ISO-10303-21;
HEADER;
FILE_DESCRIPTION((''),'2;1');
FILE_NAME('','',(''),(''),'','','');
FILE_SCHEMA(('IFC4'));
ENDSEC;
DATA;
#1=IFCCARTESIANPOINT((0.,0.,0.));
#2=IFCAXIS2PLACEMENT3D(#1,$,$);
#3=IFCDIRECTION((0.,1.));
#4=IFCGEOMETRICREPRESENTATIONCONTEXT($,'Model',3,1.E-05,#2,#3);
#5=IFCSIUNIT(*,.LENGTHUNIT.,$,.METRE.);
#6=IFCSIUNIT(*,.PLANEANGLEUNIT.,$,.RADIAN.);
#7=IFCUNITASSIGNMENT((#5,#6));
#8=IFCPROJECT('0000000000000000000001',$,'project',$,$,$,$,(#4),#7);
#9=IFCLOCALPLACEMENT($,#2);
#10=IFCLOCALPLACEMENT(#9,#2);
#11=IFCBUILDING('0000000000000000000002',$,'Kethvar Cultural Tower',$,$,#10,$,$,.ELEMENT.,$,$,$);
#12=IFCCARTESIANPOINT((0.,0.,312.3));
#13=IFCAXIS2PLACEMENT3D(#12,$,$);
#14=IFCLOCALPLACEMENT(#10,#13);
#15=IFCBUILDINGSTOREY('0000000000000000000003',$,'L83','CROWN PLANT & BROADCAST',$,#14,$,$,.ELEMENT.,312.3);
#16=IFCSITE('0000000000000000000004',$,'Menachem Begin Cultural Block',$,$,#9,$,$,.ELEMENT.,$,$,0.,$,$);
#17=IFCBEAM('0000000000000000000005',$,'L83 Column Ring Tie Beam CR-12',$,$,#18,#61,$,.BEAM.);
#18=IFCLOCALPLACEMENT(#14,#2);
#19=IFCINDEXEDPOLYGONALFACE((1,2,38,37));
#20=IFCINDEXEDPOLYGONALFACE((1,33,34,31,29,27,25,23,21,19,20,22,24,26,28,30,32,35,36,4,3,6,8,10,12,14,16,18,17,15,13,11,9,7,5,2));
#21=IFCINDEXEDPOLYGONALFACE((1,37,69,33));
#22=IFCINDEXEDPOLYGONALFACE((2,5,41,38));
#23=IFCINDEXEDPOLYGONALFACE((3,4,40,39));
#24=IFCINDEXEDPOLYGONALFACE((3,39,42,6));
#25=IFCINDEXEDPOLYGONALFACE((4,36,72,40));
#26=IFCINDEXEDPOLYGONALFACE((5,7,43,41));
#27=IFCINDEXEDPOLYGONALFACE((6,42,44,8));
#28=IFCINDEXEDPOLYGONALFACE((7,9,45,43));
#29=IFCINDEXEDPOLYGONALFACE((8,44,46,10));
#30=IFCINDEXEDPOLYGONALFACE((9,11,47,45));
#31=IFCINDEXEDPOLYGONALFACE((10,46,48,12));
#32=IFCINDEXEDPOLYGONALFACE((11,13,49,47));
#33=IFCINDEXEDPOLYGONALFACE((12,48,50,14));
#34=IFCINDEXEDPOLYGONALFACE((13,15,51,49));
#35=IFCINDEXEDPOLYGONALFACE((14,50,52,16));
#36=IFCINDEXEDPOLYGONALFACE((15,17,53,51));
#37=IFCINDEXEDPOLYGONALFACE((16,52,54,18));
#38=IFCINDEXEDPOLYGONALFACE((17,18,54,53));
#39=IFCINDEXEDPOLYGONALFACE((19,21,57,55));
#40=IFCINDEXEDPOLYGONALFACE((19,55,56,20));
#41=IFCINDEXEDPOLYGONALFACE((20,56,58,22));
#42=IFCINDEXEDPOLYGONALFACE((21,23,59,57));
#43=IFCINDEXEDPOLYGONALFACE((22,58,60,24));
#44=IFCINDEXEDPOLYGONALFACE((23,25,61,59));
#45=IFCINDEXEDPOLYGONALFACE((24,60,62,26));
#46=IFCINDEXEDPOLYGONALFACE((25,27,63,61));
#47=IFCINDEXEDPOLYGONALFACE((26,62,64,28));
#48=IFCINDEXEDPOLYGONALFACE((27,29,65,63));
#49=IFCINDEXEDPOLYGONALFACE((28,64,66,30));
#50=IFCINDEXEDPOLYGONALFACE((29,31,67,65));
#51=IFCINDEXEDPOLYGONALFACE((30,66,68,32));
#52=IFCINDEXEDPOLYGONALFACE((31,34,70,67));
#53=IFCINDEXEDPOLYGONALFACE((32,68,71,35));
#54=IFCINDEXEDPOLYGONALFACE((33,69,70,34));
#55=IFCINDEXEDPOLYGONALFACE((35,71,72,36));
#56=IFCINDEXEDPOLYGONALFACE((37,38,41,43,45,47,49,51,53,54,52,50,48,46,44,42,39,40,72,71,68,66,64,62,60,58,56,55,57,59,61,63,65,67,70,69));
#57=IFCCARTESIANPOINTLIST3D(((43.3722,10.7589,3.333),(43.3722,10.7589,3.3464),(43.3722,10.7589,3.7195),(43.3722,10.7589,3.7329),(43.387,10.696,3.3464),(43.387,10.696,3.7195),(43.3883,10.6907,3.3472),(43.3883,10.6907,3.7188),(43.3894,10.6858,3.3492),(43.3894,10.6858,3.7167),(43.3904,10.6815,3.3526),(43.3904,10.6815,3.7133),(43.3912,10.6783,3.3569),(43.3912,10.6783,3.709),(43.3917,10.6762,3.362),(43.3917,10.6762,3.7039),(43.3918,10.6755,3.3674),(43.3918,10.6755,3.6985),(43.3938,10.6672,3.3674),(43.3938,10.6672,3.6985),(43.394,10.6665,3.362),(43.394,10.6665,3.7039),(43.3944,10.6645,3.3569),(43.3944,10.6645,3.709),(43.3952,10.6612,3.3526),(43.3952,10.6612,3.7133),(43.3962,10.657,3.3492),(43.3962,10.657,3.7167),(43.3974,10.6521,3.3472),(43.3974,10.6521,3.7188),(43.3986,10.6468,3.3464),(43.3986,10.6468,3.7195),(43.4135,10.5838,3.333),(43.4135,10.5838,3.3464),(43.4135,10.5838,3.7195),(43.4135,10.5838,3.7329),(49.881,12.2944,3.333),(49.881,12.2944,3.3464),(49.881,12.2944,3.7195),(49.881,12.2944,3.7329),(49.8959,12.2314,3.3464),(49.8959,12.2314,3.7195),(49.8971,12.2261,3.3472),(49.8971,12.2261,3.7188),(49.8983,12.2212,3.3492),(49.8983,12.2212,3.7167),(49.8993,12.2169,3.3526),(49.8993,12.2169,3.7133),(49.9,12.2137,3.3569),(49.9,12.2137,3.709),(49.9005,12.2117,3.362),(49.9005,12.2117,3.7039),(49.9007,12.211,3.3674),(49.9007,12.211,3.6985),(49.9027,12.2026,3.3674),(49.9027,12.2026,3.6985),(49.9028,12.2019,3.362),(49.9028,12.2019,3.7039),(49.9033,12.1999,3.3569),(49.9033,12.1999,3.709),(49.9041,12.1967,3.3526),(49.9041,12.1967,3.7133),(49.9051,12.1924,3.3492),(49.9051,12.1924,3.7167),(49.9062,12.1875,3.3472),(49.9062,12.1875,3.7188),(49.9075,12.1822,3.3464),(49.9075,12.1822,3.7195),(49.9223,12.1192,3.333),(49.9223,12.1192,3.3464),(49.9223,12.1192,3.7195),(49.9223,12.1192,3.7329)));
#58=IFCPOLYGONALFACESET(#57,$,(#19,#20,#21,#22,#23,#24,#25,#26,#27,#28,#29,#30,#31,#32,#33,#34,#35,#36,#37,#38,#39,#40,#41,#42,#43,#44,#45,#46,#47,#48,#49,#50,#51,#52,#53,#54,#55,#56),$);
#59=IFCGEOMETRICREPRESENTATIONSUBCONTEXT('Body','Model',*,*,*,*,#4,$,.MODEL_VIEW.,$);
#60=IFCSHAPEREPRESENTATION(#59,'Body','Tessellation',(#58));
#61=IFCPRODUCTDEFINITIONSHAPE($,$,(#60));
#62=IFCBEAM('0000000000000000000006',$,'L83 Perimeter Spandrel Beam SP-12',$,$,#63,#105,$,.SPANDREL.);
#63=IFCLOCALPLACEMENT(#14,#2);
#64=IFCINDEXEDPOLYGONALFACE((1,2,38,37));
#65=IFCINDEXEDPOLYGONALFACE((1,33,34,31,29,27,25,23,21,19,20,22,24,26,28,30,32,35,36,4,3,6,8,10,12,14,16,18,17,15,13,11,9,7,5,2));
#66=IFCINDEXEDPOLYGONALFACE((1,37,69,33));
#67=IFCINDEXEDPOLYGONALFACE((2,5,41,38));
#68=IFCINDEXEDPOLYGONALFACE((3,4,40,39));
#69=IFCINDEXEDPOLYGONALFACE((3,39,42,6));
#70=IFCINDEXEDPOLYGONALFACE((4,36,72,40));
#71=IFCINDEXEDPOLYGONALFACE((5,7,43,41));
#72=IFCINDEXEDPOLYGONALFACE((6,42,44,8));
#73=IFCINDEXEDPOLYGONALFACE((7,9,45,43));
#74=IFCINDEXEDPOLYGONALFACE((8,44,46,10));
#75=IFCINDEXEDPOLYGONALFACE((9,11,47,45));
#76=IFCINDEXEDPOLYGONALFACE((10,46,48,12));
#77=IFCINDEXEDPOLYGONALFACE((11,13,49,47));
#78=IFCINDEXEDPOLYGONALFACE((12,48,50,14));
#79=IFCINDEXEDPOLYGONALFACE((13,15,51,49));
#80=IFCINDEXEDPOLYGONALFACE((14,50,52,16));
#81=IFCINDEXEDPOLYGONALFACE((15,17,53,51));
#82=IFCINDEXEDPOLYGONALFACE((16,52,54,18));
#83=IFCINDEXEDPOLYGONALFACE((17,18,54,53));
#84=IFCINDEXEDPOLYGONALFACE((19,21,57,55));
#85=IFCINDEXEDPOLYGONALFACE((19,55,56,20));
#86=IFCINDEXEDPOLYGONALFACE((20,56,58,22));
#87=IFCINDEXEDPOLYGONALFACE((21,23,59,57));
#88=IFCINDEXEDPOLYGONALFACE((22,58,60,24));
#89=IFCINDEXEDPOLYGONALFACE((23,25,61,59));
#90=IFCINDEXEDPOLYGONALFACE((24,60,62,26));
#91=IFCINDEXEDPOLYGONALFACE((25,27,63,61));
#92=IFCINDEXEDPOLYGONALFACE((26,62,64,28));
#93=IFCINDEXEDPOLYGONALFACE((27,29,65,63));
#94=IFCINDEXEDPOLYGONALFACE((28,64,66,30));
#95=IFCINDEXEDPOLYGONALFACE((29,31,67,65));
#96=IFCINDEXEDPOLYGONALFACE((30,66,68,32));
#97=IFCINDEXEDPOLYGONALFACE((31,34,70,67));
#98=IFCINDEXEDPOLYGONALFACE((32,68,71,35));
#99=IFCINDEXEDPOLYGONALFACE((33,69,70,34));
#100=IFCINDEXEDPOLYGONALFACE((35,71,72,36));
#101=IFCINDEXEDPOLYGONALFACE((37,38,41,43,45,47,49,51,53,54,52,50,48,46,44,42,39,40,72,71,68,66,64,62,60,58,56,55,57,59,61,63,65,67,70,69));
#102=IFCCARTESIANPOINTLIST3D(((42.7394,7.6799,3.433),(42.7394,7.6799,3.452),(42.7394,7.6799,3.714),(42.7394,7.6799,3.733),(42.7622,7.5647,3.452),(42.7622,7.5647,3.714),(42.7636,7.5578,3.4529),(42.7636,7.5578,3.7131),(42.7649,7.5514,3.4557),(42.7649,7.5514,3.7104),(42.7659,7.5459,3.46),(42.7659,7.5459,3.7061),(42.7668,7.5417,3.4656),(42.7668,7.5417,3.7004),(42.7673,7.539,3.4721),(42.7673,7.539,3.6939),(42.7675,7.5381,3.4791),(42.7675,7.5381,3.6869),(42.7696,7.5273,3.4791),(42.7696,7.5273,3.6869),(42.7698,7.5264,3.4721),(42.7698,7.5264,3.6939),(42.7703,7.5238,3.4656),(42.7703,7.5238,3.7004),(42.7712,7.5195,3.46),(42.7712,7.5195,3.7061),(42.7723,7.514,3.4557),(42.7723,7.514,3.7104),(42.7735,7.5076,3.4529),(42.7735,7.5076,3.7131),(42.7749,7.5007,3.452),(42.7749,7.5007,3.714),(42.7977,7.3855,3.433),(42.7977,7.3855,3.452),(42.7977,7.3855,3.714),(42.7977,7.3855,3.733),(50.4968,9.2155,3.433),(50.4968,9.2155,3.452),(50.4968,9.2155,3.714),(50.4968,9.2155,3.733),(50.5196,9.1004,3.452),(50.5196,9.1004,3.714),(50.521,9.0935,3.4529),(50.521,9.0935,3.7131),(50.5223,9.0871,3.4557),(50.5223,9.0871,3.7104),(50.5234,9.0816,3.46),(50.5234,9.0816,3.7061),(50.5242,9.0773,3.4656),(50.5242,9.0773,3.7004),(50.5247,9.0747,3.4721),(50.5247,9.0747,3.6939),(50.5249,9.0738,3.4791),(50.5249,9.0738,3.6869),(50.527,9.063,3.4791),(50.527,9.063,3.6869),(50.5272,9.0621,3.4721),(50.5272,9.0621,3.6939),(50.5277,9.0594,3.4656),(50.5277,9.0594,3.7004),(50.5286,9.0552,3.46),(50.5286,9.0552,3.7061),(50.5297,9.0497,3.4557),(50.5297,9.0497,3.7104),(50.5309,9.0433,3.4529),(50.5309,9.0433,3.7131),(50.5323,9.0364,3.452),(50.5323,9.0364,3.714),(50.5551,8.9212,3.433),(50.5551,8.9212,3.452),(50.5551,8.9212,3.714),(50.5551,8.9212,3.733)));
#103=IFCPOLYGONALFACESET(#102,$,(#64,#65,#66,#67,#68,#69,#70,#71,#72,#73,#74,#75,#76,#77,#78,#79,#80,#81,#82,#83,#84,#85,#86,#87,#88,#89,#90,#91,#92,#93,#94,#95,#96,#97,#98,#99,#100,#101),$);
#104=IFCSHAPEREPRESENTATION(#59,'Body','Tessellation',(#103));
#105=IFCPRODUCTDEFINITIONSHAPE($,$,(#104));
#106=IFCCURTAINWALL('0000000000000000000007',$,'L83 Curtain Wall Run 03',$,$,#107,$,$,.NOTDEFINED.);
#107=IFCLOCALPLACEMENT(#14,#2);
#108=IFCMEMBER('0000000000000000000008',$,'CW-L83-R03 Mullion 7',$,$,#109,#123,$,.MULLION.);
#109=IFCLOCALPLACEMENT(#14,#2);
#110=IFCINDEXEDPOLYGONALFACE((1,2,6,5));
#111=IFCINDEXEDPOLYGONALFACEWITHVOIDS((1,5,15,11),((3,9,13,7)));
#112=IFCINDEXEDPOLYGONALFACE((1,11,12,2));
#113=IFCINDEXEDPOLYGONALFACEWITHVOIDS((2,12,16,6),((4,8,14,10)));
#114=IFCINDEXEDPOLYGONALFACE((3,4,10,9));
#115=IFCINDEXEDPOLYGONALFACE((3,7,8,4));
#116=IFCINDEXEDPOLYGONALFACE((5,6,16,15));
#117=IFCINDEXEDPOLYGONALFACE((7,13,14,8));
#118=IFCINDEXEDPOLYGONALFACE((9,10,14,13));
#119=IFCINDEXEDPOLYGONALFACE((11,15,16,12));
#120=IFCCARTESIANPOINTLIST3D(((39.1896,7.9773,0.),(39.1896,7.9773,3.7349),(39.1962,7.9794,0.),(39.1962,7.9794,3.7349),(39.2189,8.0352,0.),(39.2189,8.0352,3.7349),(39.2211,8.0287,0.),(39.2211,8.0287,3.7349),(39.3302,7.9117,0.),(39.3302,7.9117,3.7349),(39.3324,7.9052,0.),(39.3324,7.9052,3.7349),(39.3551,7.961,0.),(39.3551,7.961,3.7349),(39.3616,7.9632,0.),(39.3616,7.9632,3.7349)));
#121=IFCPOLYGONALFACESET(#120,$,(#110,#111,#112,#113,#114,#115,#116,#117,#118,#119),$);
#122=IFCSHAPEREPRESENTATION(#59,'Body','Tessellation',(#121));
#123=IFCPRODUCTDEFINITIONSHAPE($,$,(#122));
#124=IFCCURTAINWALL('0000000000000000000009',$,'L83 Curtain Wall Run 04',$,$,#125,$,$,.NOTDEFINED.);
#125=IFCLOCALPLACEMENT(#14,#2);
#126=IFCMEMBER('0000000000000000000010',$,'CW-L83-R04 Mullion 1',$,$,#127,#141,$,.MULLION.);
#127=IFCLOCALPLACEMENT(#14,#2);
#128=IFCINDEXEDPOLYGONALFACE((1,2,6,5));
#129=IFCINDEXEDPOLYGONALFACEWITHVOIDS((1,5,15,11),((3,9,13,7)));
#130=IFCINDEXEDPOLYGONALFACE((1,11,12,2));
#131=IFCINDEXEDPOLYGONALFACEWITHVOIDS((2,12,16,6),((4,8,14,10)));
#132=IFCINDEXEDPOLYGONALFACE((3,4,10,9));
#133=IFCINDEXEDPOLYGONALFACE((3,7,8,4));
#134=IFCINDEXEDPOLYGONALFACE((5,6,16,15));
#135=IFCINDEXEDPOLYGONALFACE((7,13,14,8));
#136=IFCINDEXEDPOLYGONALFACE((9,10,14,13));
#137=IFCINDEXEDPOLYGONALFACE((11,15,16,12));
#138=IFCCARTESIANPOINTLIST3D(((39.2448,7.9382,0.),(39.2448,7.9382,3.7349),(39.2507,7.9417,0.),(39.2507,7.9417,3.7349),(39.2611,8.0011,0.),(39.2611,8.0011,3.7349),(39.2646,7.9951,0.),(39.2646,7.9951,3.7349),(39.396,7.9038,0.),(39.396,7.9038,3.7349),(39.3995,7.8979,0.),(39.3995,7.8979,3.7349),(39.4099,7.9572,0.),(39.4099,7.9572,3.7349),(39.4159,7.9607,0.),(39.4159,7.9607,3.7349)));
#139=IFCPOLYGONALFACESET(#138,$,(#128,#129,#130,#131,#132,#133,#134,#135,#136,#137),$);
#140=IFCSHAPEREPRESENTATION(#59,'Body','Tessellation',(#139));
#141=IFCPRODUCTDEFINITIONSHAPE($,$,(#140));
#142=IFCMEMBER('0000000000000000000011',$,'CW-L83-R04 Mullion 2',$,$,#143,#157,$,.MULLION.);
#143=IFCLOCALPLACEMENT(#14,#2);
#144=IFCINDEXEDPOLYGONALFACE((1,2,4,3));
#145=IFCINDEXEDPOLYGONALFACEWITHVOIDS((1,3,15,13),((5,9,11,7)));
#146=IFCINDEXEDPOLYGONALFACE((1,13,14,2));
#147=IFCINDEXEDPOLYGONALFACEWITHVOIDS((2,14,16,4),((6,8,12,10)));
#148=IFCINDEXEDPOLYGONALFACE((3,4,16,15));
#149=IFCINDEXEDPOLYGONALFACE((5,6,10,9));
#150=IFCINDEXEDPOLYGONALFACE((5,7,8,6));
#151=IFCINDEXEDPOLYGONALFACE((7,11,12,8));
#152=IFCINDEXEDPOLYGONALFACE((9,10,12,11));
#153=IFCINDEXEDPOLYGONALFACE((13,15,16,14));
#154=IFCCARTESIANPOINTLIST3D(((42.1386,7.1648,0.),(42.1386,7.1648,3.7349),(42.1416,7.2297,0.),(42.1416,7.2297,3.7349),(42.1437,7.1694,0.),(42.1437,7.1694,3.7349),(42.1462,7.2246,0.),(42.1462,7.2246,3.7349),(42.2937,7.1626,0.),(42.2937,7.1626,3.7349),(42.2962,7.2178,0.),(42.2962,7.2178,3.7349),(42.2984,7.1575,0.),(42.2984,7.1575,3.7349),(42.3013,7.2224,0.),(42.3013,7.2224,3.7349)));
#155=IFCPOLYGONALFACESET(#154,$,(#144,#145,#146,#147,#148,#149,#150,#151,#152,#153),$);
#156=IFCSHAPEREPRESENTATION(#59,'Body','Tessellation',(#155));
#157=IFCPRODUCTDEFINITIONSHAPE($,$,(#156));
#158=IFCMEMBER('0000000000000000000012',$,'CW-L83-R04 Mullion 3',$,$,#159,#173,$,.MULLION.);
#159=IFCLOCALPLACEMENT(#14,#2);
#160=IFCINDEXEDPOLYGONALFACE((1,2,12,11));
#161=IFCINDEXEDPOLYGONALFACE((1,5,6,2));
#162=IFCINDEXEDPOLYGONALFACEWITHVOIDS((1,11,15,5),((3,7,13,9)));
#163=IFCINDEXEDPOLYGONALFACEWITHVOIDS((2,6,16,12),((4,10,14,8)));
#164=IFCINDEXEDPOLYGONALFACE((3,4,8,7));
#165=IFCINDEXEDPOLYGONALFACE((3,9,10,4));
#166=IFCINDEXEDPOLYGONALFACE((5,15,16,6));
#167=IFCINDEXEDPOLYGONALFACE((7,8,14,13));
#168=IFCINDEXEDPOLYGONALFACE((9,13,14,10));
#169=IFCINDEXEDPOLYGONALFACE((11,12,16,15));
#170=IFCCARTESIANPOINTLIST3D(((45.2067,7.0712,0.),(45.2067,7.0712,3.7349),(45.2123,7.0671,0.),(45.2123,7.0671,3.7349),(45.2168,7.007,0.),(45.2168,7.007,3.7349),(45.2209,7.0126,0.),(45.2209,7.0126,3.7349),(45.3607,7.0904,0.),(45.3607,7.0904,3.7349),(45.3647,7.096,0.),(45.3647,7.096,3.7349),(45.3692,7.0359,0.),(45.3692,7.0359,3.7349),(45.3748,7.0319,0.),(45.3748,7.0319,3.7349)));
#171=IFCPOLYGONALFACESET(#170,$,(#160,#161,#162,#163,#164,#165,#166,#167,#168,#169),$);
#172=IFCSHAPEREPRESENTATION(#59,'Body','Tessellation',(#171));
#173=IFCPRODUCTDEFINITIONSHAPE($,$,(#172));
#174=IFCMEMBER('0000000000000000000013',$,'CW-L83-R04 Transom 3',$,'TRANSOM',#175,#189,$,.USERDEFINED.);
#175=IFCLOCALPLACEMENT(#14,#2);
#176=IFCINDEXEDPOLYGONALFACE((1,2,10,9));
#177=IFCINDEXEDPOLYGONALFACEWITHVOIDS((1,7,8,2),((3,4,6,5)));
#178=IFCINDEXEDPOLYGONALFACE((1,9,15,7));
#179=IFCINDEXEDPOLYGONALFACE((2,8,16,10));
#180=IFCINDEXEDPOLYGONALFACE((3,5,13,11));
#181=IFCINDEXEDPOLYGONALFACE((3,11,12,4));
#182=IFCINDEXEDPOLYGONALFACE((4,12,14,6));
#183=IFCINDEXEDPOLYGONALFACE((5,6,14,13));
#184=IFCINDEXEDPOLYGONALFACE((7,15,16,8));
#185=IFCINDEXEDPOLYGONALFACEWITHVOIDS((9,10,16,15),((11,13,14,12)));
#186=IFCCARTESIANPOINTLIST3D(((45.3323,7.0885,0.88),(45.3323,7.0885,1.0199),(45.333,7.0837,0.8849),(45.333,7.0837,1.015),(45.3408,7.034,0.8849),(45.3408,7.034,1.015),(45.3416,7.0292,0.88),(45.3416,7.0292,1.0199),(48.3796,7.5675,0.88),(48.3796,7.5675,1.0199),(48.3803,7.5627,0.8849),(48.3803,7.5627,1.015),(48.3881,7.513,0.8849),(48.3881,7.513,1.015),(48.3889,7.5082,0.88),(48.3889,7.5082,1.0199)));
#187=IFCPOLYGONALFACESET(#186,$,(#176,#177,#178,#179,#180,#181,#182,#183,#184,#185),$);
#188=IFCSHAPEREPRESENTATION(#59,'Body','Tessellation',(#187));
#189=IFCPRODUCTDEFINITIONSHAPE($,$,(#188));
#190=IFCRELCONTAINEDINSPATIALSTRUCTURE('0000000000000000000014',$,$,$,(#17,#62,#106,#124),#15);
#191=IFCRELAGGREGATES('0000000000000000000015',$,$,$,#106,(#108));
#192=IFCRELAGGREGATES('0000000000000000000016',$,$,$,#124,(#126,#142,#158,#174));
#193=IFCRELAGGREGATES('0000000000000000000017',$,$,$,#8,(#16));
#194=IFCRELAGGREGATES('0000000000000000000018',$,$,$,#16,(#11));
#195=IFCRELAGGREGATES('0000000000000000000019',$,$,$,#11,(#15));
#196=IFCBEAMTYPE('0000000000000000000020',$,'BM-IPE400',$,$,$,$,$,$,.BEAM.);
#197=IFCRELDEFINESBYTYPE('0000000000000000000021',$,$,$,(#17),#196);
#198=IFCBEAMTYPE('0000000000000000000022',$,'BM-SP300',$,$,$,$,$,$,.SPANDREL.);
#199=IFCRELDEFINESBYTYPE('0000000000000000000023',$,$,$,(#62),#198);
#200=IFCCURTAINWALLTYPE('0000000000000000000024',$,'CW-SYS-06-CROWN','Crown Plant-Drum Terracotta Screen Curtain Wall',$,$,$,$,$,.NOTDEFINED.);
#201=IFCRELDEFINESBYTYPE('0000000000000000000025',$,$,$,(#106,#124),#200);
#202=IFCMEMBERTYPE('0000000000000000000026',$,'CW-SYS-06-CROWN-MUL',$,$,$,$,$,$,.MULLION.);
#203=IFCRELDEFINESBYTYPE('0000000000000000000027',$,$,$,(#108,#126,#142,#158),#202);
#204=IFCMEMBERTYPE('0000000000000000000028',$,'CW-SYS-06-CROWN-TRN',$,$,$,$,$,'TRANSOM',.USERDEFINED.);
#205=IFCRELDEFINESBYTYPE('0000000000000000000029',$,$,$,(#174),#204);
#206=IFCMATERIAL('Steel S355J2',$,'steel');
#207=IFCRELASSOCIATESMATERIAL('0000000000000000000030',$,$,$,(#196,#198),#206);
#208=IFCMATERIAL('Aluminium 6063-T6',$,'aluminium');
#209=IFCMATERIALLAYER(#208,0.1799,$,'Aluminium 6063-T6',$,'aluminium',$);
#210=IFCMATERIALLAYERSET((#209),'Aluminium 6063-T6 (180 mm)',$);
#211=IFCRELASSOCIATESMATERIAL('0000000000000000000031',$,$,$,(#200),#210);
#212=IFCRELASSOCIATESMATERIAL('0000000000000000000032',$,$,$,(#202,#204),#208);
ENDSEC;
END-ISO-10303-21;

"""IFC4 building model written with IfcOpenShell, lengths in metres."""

from ifc_helpers import new_model, si_unit, direction, frame, origin, origin_2d, place, context, subcontext, project, spatial, hollow_rectangle, i_section, extrude, source, transform, mapped, material, layer, layer_set, material_profile, profile_set, type_object, element, aggregate, save


model = new_model("IFC4")

# Units and contexts
model_context = context("Model", 3, precision=1e-05, world=origin(), true_north=direction((0.0, 1.0)))
body_context = subcontext(model_context, "Body", "Model", "MODEL_VIEW")
ifc_project = project(units=[si_unit("LENGTHUNIT", "METRE"), si_unit("PLANEANGLEUNIT", "RADIAN")], contexts=[model_context])

# Site, building, storey
site_placement = place(None, origin())
site = spatial("IfcSite", under=ifc_project, at=site_placement, Name="Menachem Begin Cultural Block", CompositionType="ELEMENT", RefElevation=0.0)
building_placement = place(site_placement, origin())
building = spatial("IfcBuilding", under=site, at=building_placement, Name="Kethvar Cultural Tower", CompositionType="ELEMENT")
storey_placement = place(building_placement, frame((0.0, 0.0, 312.3)))
storey = spatial("IfcBuildingStorey", under=building, at=storey_placement, Name="L83", Description="CROWN PLANT & BROADCAST", CompositionType="ELEMENT", Elevation=312.3)

# Shared definitions
ifc_material_1 = material(Name="Steel S355J2", Category="steel")

# Beams
ifc_material_profile_1 = material_profile(ifc_material_1, i_section(OverallWidth=0.1799, OverallDepth=0.3999, WebThickness=0.0085, FlangeThickness=0.0134, FilletRadius=0.021, at=origin_2d()), Name="Steel S355J2 — IPE400")
ifc_profile_set_1 = profile_set([ifc_material_profile_1], Name="Steel S355J2 — IPE400")
beam_type_1 = type_object("IfcBeamType", Name="BM-IPE400", PredefinedType="BEAM", material=ifc_profile_set_1)
shared_shape_1 = source(origin(), body_context, "Body", "SweptSolid", [
    extrude(i_section(OverallWidth=0.1799, OverallDepth=0.3999, WebThickness=0.0085, FlangeThickness=0.0134, FilletRadius=0.021, at=origin_2d()), origin(), (0.0, 0.0, 1.0), 6.6875),
])
beam_1_placement = place(storey_placement, frame((43.3928, 10.6714, 3.533), z_axis=(0.973286, 0.229595, 0.0), x_axis=(-0.229595, 0.973286, 0.0)))
element("IfcBeam", 1, at=beam_1_placement, inside=storey, type_object=beam_type_1, Name="L83 Column Ring Tie Beam CR-12", PredefinedType="BEAM", context=body_context, shape_type="MappedRepresentation", body=[
    mapped(shared_shape_1, transform((0.0, 0.0, 0.0), scale=1.0)),
])
ifc_material_profile_2 = material_profile(ifc_material_1, i_section(OverallWidth=0.3, OverallDepth=0.3, WebThickness=0.011, FlangeThickness=0.019, FilletRadius=0.0271, at=origin_2d()), Name="Steel S355J2 — HEB300")
ifc_profile_set_2 = profile_set([ifc_material_profile_2], Name="Steel S355J2 — HEB300")
beam_type_2 = type_object("IfcBeamType", Name="BM-SP300", PredefinedType="SPANDREL", material=ifc_profile_set_2)
shared_shape_2 = source(origin(), body_context, "Body", "SweptSolid", [
    extrude(i_section(OverallWidth=0.3, OverallDepth=0.3, WebThickness=0.011, FlangeThickness=0.019, FilletRadius=0.0271, at=origin_2d()), origin(), (0.0, 0.0, 1.0), 7.908),
])
beam_2_placement = place(storey_placement, frame((42.7686, 7.5327, 3.583), z_axis=(0.980964, 0.194192, 0.0), x_axis=(-0.194192, 0.980964, 0.0)))
element("IfcBeam", 2, at=beam_2_placement, inside=storey, type_object=beam_type_2, Name="L83 Perimeter Spandrel Beam SP-12", PredefinedType="SPANDREL", context=body_context, shape_type="MappedRepresentation", body=[
    mapped(shared_shape_2, transform((0.0, 0.0, 0.0), scale=1.0)),
])

# Curtain wall, member
ifc_material_2 = material(Name="Aluminium 6063-T6", Category="aluminium")
ifc_layer_1 = layer(ifc_material_2, 0.1799, Name="Aluminium 6063-T6", Category="aluminium")
ifc_layer_set_1 = layer_set([ifc_layer_1], Name="Aluminium 6063-T6 (180 mm)")
curtain_wall_type = type_object("IfcCurtainWallType", Name="CW-SYS-06-CROWN", Description="Crown Plant-Drum Terracotta Screen Curtain Wall", PredefinedType="NOTDEFINED", material=ifc_layer_set_1)
curtain_wall_1_placement = place(storey_placement, origin())
curtain_wall_1 = element("IfcCurtainWall", 3, at=curtain_wall_1_placement, inside=storey, type_object=curtain_wall_type, Name="L83 Curtain Wall Run 03", PredefinedType="NOTDEFINED")
ifc_material_profile_3 = material_profile(ifc_material_2, hollow_rectangle(XDim=0.0649, YDim=0.1599, WallThickness=0.0049, at=origin_2d()), Name="Aluminium 6063-T6 — RHS160x65x5")
ifc_profile_set_3 = profile_set([ifc_material_profile_3], Name="Aluminium 6063-T6 — RHS160x65x5")
member_type_1 = type_object("IfcMemberType", Name="CW-SYS-06-CROWN-MUL", PredefinedType="MULLION", material=ifc_profile_set_3)
shared_shape_3 = source(origin(), body_context, "Body", "SweptSolid", [
    extrude(hollow_rectangle(XDim=0.0649, YDim=0.1599, WallThickness=0.0049, at=origin_2d()), origin(), (0.0, 0.0, 1.0), 3.7349),
])
member_1_placement = place(storey_placement, frame((39.2756, 7.9702, 0.0), z_axis=(0.0, 0.0, 1.0), x_axis=(0.450753, 0.892649, 0.0)))
member_1 = element("IfcMember", 4, at=member_1_placement, type_object=member_type_1, Name="CW-L83-R03 Mullion 7", PredefinedType="MULLION", context=body_context, shape_type="MappedRepresentation", body=[
    mapped(shared_shape_3, transform((0.0, 0.0, 0.0), scale=1.0)),
])

# Curtain wall, members
curtain_wall_2_placement = place(storey_placement, origin())
curtain_wall_2 = element("IfcCurtainWall", 5, at=curtain_wall_2_placement, inside=storey, type_object=curtain_wall_type, Name="L83 Curtain Wall Run 04", PredefinedType="NOTDEFINED")
member_2_placement = place(storey_placement, frame((39.3303, 7.9495, 0.0), z_axis=(0.0, 0.0, 1.0), x_axis=(0.252221, 0.96767, 0.0)))
member_2 = element("IfcMember", 6, at=member_2_placement, type_object=member_type_1, Name="CW-L83-R04 Mullion 1", PredefinedType="MULLION", context=body_context, shape_type="MappedRepresentation", body=[
    mapped(shared_shape_3, transform((0.0, 0.0, 0.0), scale=1.0)),
])
member_3_placement = place(storey_placement, frame((42.22, 7.1936, 0.0), z_axis=(0.0, 0.0, 1.0), x_axis=(0.045346, 0.998971, 0.0)))
member_3 = element("IfcMember", 7, at=member_3_placement, type_object=member_type_1, Name="CW-L83-R04 Mullion 2", PredefinedType="MULLION", context=body_context, shape_type="MappedRepresentation", body=[
    mapped(shared_shape_3, transform((0.0, 0.0, 0.0), scale=1.0)),
])
member_4_placement = place(storey_placement, frame((45.2908, 7.0515, 0.0), z_axis=(0.0, 0.0, 1.0), x_axis=(-0.155262, 0.987873, 0.0)))
member_4 = element("IfcMember", 8, at=member_4_placement, type_object=member_type_1, Name="CW-L83-R04 Mullion 3", PredefinedType="MULLION", context=body_context, shape_type="MappedRepresentation", body=[
    mapped(shared_shape_3, transform((0.0, 0.0, 0.0), scale=1.0)),
])
ifc_material_profile_4 = material_profile(ifc_material_2, hollow_rectangle(XDim=0.0601, YDim=0.1399, WallThickness=0.0049, at=origin_2d()), Name="Aluminium 6063-T6 — RHS140x60x5")
ifc_profile_set_4 = profile_set([ifc_material_profile_4], Name="Aluminium 6063-T6 — RHS140x60x5")
member_type_2 = type_object("IfcMemberType", Name="CW-SYS-06-CROWN-TRN", ElementType="TRANSOM", PredefinedType="USERDEFINED", material=ifc_profile_set_4)
shared_shape_4 = source(origin(), body_context, "Body", "SweptSolid", [
    extrude(hollow_rectangle(XDim=0.0601, YDim=0.1399, WallThickness=0.0049, at=origin_2d()), origin(), (0.0, 0.0, 1.0), 3.0847),
])
member_5_placement = place(storey_placement, frame((45.3369, 7.0588, 0.95), z_axis=(0.987871, 0.15528, 0.0), x_axis=(-0.15528, 0.987871, 0.0)))
member_5 = element("IfcMember", 9, at=member_5_placement, type_object=member_type_2, Name="CW-L83-R04 Transom 3", ObjectType="TRANSOM", PredefinedType="USERDEFINED", context=body_context, shape_type="MappedRepresentation", body=[
    mapped(shared_shape_4, transform((0.0, 0.0, 0.0), scale=1.0)),
])

aggregate(curtain_wall_1, [member_1])
aggregate(curtain_wall_2, [member_2, member_3, member_4, member_5])

save(model, "model.ifc")
